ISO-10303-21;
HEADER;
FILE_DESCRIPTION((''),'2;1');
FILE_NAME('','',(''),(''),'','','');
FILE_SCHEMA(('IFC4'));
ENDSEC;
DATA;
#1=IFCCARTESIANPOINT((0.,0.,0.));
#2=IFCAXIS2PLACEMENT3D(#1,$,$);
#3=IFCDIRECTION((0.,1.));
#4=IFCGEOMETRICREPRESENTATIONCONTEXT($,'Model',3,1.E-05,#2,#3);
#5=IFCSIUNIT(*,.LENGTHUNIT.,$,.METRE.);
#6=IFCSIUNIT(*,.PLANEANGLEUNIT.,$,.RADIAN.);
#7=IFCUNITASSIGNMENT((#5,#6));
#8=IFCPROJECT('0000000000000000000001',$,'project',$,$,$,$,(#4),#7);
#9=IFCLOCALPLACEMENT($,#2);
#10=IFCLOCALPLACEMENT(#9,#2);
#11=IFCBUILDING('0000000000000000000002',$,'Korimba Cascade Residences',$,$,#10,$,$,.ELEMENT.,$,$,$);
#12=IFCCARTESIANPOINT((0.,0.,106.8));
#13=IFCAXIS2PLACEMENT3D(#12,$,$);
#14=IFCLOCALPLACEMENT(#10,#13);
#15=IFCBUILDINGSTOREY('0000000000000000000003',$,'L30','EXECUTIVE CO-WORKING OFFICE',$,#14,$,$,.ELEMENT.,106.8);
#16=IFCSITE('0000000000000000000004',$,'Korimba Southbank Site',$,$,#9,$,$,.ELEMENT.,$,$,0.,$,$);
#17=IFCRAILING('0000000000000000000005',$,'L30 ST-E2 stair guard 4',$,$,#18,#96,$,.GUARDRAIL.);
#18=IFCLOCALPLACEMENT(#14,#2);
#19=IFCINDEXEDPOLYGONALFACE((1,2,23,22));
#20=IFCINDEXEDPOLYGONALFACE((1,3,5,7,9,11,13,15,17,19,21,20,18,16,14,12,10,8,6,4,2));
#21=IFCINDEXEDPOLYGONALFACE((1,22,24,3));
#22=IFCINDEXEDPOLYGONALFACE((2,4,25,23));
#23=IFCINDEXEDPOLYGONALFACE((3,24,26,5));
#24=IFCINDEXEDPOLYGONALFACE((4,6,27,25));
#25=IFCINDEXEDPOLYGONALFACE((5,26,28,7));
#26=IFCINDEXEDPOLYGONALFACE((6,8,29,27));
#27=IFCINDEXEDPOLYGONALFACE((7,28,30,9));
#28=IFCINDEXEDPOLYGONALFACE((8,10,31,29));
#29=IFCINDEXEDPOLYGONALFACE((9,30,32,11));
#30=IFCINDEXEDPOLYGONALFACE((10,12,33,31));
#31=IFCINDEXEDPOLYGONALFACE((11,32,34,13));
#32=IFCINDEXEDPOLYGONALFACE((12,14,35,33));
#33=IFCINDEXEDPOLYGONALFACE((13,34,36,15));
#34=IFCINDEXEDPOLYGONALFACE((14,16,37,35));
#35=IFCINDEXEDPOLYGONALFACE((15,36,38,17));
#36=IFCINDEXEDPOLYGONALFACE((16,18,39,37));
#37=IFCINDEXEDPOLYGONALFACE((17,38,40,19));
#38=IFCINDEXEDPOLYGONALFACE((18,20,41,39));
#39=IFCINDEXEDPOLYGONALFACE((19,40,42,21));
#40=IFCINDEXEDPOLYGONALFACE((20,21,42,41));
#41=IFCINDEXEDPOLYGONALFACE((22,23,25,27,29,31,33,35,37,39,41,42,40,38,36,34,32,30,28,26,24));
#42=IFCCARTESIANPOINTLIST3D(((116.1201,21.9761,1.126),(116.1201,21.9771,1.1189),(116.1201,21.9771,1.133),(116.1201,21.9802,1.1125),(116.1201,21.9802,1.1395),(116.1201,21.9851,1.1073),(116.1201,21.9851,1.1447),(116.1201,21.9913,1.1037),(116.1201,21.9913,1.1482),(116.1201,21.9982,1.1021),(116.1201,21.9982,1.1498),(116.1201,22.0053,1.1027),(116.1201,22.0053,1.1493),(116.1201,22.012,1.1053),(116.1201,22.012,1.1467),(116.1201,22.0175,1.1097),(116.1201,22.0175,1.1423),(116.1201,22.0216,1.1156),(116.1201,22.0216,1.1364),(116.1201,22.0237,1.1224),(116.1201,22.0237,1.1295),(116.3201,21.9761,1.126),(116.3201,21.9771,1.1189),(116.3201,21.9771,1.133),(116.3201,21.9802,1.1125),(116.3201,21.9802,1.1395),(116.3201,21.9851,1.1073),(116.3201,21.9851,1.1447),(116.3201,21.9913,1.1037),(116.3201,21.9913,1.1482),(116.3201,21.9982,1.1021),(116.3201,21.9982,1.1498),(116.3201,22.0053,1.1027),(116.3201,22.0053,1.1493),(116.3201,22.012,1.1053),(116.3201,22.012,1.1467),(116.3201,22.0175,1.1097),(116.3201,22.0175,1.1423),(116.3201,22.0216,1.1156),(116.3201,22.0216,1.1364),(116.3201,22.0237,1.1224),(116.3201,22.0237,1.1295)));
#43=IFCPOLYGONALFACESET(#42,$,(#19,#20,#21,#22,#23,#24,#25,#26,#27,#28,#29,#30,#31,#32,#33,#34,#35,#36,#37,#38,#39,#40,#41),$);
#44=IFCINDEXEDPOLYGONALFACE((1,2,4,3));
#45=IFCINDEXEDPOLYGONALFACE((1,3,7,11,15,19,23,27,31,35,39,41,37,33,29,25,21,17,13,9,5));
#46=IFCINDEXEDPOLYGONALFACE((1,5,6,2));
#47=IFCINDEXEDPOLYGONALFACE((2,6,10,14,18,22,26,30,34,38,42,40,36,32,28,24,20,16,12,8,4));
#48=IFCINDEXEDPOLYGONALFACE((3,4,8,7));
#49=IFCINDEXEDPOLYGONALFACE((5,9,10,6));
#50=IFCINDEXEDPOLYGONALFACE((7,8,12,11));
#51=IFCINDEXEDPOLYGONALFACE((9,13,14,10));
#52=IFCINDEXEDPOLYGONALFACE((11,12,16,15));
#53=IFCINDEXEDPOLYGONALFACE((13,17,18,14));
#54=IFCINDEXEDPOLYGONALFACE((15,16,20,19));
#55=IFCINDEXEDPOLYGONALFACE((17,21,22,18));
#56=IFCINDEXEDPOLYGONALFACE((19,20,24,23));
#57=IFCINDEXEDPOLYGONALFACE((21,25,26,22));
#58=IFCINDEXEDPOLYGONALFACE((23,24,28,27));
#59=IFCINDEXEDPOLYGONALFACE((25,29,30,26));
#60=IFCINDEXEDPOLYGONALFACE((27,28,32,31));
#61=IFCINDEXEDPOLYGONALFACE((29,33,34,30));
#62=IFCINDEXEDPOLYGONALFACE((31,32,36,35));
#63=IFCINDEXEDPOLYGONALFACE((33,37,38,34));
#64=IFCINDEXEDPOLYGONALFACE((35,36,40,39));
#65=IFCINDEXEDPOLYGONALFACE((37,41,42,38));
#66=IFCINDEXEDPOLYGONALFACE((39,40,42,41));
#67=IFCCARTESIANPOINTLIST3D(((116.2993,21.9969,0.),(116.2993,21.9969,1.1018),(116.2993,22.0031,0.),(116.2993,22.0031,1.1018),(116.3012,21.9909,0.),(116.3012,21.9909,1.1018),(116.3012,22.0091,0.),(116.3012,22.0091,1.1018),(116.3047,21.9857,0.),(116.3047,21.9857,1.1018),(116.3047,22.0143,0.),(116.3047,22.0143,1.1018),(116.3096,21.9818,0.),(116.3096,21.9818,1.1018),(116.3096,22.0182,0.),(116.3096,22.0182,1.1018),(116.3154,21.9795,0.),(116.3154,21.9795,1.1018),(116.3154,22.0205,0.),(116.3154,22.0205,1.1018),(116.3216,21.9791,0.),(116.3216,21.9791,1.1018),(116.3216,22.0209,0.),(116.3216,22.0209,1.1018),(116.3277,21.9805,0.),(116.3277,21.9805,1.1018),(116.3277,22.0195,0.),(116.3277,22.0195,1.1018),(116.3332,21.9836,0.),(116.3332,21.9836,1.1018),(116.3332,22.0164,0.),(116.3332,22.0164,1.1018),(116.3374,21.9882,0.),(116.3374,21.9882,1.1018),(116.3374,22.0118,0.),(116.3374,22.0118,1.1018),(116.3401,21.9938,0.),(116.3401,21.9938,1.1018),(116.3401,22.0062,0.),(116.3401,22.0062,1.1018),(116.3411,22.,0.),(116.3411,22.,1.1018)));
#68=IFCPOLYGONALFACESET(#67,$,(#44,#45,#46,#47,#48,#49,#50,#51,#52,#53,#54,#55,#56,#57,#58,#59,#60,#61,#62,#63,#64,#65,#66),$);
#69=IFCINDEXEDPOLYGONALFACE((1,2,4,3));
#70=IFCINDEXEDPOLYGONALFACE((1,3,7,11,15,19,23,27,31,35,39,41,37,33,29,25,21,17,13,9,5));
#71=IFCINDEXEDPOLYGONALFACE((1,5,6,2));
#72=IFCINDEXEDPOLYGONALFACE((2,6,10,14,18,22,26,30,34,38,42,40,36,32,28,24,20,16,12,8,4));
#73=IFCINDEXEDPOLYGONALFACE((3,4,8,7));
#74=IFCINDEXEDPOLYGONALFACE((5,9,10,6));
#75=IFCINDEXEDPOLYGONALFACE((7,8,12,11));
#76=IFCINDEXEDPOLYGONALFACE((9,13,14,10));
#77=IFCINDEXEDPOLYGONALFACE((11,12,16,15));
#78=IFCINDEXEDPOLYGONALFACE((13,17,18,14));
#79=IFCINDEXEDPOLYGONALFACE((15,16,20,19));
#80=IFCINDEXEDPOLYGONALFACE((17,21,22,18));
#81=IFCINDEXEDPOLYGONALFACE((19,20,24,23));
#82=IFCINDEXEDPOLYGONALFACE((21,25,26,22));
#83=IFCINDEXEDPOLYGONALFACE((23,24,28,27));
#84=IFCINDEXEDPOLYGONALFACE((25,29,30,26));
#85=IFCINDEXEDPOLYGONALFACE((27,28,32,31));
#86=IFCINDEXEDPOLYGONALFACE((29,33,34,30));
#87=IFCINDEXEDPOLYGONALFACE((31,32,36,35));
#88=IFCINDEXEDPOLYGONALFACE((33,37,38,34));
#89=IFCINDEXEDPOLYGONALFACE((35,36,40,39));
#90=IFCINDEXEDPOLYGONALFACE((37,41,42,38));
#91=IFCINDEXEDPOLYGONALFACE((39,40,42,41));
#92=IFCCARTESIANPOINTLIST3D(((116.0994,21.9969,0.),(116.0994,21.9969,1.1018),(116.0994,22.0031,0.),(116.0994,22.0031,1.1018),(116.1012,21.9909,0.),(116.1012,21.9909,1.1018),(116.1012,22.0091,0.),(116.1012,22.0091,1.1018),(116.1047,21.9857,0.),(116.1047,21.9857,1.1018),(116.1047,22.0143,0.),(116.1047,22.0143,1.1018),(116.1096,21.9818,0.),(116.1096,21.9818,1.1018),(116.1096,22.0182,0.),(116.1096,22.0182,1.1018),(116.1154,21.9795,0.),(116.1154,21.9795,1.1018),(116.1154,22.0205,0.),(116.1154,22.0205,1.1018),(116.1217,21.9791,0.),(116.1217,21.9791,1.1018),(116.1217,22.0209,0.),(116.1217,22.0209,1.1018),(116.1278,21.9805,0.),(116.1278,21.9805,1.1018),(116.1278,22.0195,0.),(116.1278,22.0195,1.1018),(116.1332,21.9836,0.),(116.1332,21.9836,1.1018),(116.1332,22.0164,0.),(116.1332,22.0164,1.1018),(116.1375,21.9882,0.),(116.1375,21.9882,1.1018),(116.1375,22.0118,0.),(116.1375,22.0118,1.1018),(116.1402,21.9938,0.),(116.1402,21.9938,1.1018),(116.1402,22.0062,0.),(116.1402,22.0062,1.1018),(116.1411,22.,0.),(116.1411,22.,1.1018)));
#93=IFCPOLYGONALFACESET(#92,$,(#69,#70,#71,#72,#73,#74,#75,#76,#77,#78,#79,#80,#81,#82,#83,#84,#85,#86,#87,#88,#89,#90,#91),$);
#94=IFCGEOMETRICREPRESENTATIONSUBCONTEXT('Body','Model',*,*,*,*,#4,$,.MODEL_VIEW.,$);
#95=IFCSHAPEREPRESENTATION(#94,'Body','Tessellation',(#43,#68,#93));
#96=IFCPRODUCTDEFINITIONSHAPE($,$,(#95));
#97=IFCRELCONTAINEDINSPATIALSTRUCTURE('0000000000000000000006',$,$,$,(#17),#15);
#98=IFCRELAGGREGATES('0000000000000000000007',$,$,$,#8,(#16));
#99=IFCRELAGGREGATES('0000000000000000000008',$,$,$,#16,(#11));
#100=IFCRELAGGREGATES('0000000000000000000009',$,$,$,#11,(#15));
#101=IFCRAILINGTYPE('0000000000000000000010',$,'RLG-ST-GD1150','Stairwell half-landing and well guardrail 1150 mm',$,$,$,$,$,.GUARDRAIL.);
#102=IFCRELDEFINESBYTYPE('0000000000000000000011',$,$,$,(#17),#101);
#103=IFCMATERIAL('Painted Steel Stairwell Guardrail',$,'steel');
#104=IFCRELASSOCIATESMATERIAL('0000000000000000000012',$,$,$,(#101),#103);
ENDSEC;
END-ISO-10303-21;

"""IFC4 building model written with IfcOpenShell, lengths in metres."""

from ifc_helpers import new_model, si_unit, direction, frame, origin, origin_2d, place, context, subcontext, project, spatial, circle, extrude, material, type_object, element, save


model = new_model("IFC4")

# Units and contexts
model_context = context("Model", 3, precision=1e-05, world=origin(), true_north=direction((0.0, 1.0)))
body_context = subcontext(model_context, "Body", "Model", "MODEL_VIEW")
ifc_project = project(units=[si_unit("LENGTHUNIT", "METRE"), si_unit("PLANEANGLEUNIT", "RADIAN")], contexts=[model_context])

# Site, building, storey
site_placement = place(None, origin())
site = spatial("IfcSite", under=ifc_project, at=site_placement, Name="Korimba Southbank Site", CompositionType="ELEMENT", RefElevation=0.0)
building_placement = place(site_placement, origin())
building = spatial("IfcBuilding", under=site, at=building_placement, Name="Korimba Cascade Residences", CompositionType="ELEMENT")
storey_placement = place(building_placement, frame((0.0, 0.0, 106.8)))
storey = spatial("IfcBuildingStorey", under=building, at=storey_placement, Name="L30", Description="EXECUTIVE CO-WORKING OFFICE", CompositionType="ELEMENT", Elevation=106.8)

# Railing
ifc_material_1 = material(Name="Painted Steel Stairwell Guardrail", Category="steel")
railing_type_1 = type_object("IfcRailingType", Name="RLG-ST-GD1150", Description="Stairwell half-landing and well guardrail 1150 mm", PredefinedType="GUARDRAIL", material=ifc_material_1)
railing_1_placement = place(storey_placement, frame((116.3201, 22.0, 0.0)))
element("IfcRailing", 1, at=railing_1_placement, inside=storey, type_object=railing_type_1, Name="L30 ST-E2 stair guard 4", PredefinedType="GUARDRAIL", context=body_context, shape_type="SweptSolid", body=[
    extrude(circle(Radius=0.0239, at=origin_2d()), frame((0.0, 0.0, 1.126), z_axis=(-1.0, 0.0, 0.0), x_axis=(0.0, -1.0, 0.0)), (0.0, 0.0, 1.0), 0.2),
    extrude(circle(Radius=0.021, at=origin_2d()), origin(), (0.0, 0.0, 1.0), 1.1018),
    extrude(circle(Radius=0.021, at=origin_2d()), frame((-0.2, 0.0, 0.0)), (0.0, 0.0, 1.0), 1.1018),
])

save(model, "model.ifc")
